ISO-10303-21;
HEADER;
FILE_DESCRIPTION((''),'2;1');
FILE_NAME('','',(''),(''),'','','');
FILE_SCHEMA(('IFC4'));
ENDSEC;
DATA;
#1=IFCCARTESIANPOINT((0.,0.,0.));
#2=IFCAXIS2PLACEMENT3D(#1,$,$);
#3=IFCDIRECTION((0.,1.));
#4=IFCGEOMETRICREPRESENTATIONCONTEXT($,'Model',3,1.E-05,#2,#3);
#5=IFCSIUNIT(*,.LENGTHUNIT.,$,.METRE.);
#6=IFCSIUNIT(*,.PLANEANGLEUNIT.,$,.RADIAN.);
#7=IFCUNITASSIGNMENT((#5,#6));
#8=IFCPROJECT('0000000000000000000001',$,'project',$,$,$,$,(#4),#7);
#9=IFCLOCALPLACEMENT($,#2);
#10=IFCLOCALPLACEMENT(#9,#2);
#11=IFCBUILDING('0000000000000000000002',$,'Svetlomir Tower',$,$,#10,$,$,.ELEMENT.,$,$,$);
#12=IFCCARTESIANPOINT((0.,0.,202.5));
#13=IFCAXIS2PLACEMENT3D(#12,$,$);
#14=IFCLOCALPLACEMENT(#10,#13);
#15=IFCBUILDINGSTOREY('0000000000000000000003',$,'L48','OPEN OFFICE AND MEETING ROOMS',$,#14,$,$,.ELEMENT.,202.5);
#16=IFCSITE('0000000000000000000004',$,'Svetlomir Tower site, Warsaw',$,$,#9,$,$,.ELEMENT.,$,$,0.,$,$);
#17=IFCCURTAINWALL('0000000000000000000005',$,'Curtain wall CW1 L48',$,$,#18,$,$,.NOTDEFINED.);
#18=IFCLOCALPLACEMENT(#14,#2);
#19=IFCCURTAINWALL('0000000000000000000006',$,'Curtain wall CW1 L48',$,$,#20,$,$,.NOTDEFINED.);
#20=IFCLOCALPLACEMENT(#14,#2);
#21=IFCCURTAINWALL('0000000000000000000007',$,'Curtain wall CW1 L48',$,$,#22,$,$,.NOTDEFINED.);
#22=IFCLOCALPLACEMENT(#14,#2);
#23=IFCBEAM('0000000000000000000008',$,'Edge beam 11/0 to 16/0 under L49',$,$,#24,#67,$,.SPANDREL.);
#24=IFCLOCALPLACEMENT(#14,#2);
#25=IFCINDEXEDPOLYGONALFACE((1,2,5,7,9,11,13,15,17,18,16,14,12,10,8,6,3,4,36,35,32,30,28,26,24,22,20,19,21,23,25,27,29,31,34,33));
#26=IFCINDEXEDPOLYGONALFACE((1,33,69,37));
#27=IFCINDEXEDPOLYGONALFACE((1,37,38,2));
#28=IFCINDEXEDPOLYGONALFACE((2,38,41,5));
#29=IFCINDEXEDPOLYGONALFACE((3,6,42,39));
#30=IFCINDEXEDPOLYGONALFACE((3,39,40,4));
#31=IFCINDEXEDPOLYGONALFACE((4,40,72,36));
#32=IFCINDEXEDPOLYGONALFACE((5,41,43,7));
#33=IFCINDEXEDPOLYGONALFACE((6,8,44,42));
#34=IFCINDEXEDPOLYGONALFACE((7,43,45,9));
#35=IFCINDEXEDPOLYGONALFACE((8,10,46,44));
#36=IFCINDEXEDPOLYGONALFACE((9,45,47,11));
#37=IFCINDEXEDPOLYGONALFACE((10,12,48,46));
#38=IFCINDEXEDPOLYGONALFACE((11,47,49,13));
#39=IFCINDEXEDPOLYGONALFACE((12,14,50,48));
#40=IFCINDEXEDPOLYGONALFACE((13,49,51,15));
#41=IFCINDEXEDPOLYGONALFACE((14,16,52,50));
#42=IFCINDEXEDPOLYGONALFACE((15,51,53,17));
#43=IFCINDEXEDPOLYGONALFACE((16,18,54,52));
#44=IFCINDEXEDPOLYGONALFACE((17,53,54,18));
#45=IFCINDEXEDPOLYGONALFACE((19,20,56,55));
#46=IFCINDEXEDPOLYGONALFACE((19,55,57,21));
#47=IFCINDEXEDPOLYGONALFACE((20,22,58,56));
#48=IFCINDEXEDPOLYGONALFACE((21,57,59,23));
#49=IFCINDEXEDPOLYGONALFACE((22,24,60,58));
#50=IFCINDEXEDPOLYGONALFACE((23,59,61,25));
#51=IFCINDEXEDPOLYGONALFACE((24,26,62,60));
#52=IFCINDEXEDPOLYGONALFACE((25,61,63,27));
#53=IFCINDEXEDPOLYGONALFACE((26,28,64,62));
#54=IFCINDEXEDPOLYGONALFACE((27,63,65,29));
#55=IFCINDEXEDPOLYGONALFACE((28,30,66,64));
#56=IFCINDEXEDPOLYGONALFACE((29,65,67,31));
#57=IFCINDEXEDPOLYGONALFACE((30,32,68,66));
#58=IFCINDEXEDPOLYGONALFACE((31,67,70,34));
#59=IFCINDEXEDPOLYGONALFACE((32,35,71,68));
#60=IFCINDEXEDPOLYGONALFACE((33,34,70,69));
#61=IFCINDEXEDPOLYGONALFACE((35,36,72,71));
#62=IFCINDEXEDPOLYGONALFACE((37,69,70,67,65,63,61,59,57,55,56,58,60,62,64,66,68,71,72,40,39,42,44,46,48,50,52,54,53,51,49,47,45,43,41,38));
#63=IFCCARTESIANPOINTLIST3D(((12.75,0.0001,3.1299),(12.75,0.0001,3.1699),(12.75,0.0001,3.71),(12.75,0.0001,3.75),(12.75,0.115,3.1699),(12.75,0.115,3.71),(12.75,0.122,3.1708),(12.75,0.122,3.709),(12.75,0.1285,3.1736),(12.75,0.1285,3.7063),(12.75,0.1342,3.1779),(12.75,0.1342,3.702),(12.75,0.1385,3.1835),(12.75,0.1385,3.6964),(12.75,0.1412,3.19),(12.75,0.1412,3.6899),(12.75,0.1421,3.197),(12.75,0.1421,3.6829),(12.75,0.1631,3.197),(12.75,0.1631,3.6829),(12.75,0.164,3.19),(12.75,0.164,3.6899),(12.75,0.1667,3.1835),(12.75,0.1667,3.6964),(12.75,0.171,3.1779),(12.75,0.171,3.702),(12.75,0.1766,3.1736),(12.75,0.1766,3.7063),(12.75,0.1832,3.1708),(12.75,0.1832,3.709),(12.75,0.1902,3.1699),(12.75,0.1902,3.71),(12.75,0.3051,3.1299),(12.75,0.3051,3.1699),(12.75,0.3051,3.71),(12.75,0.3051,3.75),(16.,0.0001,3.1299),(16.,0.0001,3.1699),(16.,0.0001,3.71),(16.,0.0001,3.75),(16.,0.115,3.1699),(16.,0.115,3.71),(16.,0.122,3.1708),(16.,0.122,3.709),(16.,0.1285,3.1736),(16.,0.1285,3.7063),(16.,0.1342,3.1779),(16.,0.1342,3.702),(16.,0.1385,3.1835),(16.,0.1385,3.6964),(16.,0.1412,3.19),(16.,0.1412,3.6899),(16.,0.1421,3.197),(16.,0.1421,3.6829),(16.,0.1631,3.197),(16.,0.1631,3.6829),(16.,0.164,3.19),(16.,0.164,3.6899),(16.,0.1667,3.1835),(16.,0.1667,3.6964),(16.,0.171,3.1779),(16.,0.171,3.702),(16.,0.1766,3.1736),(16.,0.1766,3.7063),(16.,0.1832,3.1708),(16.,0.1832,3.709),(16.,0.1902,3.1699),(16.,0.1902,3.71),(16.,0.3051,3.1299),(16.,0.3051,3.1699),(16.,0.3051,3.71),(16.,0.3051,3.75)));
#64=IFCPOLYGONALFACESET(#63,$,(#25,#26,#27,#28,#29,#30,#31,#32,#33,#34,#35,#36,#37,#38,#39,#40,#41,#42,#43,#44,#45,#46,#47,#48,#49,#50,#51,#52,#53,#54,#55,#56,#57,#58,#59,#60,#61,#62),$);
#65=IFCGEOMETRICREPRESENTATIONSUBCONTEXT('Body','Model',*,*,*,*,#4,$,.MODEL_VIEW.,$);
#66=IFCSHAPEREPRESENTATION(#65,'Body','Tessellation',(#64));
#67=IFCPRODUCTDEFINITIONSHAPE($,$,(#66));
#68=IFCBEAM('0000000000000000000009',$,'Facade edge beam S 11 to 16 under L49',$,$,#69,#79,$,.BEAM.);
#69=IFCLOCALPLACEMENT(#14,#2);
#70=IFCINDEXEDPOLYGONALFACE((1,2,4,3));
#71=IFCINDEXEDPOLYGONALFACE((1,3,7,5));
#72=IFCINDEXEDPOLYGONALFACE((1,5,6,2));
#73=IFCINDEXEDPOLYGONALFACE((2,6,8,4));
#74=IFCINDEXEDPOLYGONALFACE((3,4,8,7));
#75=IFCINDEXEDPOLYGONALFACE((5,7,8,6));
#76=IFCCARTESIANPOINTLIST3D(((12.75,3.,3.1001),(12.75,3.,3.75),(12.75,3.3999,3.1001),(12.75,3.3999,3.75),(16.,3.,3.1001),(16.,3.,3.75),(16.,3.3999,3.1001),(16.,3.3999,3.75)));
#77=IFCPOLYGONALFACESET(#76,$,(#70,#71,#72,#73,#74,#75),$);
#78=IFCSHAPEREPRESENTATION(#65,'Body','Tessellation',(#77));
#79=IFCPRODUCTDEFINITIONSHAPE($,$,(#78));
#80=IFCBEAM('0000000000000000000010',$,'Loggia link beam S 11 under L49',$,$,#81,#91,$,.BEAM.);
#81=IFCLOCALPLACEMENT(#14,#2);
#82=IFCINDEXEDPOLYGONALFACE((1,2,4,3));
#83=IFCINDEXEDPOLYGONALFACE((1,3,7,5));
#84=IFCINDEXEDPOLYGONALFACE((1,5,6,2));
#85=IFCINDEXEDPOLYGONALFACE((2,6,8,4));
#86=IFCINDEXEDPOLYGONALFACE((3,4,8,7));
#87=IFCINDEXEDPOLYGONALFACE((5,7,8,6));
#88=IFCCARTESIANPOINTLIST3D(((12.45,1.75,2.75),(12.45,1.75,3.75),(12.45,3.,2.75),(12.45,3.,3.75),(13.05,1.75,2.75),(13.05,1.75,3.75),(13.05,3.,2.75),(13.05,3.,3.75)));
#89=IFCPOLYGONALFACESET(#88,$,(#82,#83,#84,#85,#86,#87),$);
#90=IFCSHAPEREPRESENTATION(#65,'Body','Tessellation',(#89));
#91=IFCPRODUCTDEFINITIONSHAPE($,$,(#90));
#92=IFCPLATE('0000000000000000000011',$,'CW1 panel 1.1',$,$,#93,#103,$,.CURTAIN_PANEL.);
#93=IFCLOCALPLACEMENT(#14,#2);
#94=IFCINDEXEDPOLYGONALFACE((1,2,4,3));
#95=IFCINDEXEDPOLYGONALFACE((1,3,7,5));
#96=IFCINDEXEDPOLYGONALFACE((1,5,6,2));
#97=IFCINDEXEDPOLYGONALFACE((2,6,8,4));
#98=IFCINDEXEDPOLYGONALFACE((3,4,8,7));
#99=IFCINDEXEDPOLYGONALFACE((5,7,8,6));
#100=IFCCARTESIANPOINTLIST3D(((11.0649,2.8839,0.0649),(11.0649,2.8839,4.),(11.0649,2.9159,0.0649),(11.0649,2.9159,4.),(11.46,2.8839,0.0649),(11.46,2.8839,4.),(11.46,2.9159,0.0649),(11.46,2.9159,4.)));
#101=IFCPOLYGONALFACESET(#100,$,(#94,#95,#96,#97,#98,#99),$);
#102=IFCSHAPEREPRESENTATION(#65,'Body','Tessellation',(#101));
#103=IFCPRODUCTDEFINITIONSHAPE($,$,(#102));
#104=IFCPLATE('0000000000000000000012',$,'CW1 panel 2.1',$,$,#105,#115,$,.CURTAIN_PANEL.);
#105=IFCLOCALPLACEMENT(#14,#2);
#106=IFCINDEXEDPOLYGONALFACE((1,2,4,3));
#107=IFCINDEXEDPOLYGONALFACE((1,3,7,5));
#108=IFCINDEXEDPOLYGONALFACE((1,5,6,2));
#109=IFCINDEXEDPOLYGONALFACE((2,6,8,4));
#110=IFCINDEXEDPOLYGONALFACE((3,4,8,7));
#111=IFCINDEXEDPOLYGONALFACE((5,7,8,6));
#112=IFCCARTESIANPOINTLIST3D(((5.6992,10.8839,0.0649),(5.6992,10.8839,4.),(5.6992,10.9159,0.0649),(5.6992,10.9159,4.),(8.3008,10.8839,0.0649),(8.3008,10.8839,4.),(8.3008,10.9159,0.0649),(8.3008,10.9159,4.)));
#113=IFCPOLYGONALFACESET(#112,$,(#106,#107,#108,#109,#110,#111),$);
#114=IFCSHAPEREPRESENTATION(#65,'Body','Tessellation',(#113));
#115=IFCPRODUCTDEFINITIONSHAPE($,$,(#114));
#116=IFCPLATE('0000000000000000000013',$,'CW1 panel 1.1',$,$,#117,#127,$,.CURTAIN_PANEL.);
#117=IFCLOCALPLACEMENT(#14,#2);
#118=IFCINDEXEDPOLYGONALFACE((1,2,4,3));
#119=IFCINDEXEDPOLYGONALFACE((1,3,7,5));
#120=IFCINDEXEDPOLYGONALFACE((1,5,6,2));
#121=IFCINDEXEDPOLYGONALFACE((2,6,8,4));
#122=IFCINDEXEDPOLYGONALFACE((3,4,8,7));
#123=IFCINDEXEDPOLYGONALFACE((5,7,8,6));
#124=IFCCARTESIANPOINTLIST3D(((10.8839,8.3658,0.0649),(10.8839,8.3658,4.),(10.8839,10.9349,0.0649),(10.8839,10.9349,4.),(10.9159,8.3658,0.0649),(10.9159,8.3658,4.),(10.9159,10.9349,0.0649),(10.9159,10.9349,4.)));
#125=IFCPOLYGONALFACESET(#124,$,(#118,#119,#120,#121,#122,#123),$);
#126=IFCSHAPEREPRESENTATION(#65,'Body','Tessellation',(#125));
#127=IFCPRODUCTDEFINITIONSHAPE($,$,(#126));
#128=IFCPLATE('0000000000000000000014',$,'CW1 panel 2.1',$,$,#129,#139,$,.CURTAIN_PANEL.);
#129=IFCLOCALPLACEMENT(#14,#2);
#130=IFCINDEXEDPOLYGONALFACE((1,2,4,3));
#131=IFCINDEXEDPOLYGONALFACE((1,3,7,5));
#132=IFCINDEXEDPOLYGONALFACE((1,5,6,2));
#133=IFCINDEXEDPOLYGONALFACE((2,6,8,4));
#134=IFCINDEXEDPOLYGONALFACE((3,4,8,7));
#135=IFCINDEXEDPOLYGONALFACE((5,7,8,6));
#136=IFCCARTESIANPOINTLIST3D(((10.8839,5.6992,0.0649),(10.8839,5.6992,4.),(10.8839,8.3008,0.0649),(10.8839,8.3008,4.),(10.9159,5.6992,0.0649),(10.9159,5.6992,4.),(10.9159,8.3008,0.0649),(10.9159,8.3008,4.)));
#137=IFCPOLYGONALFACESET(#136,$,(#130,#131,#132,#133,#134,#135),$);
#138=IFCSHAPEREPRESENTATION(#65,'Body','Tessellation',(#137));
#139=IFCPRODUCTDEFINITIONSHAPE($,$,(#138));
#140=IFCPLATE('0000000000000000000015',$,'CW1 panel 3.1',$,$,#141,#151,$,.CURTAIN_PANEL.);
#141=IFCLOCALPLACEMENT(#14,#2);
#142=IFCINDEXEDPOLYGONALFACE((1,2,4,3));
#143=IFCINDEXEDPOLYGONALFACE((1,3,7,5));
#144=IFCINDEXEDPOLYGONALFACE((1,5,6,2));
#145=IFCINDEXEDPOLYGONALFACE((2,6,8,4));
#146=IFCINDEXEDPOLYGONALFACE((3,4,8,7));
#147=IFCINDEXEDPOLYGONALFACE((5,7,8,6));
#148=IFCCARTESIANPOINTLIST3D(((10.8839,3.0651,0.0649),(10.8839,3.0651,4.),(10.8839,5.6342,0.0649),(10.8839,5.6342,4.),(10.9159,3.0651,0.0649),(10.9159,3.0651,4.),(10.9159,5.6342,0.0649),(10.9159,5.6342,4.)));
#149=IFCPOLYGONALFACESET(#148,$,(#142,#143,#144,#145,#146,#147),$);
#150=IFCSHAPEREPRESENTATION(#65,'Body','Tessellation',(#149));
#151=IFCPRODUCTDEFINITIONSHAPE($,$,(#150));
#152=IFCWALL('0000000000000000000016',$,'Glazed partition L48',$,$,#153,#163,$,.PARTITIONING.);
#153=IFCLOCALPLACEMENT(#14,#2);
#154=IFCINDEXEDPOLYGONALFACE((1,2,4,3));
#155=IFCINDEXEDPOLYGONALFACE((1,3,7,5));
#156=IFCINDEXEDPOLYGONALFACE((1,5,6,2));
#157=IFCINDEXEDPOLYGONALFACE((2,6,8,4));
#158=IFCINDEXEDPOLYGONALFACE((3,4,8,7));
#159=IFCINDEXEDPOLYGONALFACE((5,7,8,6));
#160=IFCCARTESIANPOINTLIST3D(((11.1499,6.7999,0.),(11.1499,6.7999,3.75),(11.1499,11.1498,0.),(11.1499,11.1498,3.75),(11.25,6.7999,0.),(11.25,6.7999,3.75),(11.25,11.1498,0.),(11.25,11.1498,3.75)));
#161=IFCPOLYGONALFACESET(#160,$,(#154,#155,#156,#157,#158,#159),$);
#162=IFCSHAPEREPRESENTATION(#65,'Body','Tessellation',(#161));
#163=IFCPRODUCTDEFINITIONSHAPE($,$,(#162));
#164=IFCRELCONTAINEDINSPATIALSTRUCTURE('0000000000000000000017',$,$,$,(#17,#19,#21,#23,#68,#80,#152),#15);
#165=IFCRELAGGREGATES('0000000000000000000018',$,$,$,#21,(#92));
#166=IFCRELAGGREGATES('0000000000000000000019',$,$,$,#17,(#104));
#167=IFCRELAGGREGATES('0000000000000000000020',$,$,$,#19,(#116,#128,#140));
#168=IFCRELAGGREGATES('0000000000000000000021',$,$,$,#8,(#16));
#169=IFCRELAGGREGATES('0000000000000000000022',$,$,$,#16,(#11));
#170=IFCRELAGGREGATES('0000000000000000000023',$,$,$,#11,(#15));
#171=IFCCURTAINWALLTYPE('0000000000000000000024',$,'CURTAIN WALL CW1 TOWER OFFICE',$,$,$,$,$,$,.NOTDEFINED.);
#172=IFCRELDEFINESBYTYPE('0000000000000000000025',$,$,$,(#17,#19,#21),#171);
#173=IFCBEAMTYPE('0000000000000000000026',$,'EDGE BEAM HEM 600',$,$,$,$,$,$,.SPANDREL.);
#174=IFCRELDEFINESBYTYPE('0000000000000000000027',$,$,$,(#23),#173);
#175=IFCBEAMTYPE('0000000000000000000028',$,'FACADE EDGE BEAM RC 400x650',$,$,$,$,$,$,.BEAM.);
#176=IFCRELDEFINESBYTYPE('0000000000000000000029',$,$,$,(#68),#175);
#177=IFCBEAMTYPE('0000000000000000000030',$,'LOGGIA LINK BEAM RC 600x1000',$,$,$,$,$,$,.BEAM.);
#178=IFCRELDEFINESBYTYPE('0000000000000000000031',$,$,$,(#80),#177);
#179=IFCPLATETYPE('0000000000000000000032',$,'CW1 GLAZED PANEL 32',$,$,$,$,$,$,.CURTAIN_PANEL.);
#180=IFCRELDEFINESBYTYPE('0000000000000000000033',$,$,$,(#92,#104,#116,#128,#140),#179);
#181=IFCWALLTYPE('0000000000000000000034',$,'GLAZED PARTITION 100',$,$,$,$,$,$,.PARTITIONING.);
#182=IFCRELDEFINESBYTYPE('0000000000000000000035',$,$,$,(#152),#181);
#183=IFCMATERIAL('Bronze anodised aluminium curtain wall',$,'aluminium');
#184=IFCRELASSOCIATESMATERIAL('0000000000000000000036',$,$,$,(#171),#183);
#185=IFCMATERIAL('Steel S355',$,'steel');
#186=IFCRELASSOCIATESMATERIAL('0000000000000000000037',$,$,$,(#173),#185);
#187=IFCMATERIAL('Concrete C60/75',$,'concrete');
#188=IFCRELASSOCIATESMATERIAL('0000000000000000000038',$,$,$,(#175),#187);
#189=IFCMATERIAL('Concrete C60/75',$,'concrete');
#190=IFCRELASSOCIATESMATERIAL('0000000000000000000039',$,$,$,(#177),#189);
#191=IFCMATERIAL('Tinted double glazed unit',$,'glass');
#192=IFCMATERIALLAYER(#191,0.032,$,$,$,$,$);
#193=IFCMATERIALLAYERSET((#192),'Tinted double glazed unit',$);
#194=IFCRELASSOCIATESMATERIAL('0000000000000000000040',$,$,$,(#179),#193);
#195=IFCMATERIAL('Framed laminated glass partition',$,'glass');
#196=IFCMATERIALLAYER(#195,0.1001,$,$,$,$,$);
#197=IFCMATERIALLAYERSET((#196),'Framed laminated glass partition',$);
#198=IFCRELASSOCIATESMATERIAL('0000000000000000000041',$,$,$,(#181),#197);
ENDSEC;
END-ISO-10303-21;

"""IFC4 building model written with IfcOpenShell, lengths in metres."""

from ifc_helpers import new_model, si_unit, direction, frame, frame_2d, origin, origin_2d, place, context, subcontext, project, spatial, rectangle, i_section, extrude, material, layer, layer_set, material_profile, profile_set, type_object, element, aggregate, save


model = new_model("IFC4")

# Units and contexts
model_context = context("Model", 3, precision=1e-05, world=origin(), true_north=direction((0.0, 1.0)))
body_context = subcontext(model_context, "Body", "Model", "MODEL_VIEW")
ifc_project = project(units=[si_unit("LENGTHUNIT", "METRE"), si_unit("PLANEANGLEUNIT", "RADIAN")], contexts=[model_context])

# Site, building, storey
site_placement = place(None, origin())
site = spatial("IfcSite", under=ifc_project, at=site_placement, Name="Svetlomir Tower site, Warsaw", CompositionType="ELEMENT", RefElevation=0.0)
building_placement = place(site_placement, origin())
building = spatial("IfcBuilding", under=site, at=building_placement, Name="Svetlomir Tower", CompositionType="ELEMENT")
storey_placement = place(building_placement, frame((0.0, 0.0, 202.5)))
storey = spatial("IfcBuildingStorey", under=building, at=storey_placement, Name="L48", Description="OPEN OFFICE AND MEETING ROOMS", CompositionType="ELEMENT", Elevation=202.5)

# Curtain walls
ifc_material_1 = material(Name="Bronze anodised aluminium curtain wall", Category="aluminium")
curtain_wall_type = type_object("IfcCurtainWallType", Name="CURTAIN WALL CW1 TOWER OFFICE", PredefinedType="NOTDEFINED", material=ifc_material_1)
curtain_wall_1_placement = place(storey_placement, origin())
curtain_wall_1 = element("IfcCurtainWall", 1, at=curtain_wall_1_placement, inside=storey, type_object=curtain_wall_type, Name="Curtain wall CW1 L48", PredefinedType="NOTDEFINED")
curtain_wall_2_placement = place(storey_placement, origin())
curtain_wall_2 = element("IfcCurtainWall", 2, at=curtain_wall_2_placement, inside=storey, type_object=curtain_wall_type, Name="Curtain wall CW1 L48", PredefinedType="NOTDEFINED")

# Curtain wall
curtain_wall_3_placement = place(storey_placement, origin())
curtain_wall_3 = element("IfcCurtainWall", 3, at=curtain_wall_3_placement, inside=storey, type_object=curtain_wall_type, Name="Curtain wall CW1 L48", PredefinedType="NOTDEFINED")

# Beams
ifc_material_2 = material(Name="Steel S355", Category="steel")
ifc_material_profile_1 = material_profile(ifc_material_2, i_section(OverallWidth=0.3049, OverallDepth=0.6201, WebThickness=0.021, FlangeThickness=0.04, FilletRadius=0.0271, at=origin_2d()), Name="HEM 600")
ifc_profile_set_1 = profile_set([ifc_material_profile_1], Name="Steel S355")
beam_type_1 = type_object("IfcBeamType", Name="EDGE BEAM HEM 600", PredefinedType="SPANDREL", material=ifc_profile_set_1)
beam_1_placement = place(storey_placement, frame((12.75, 0.1526, 3.4399), z_axis=(1.0, 0.0, 0.0), x_axis=(0.0, 1.0, 0.0)))
element("IfcBeam", 4, at=beam_1_placement, inside=storey, type_object=beam_type_1, Name="Edge beam 11/0 to 16/0 under L49", PredefinedType="SPANDREL", context=body_context, shape_type="SweptSolid", body=[
    extrude(i_section(OverallWidth=0.3049, OverallDepth=0.6201, WebThickness=0.021, FlangeThickness=0.04, FilletRadius=0.0271, at=origin_2d()), origin(), (0.0, 0.0, 1.0), 3.25),
])
ifc_material_3 = material(Name="Concrete C60/75", Category="concrete")
ifc_material_profile_2 = material_profile(ifc_material_3, rectangle(XDim=0.3999, YDim=0.6499, at=origin_2d()), Name="RC 400x650")
ifc_profile_set_2 = profile_set([ifc_material_profile_2], Name="Concrete C60/75")
beam_type_2 = type_object("IfcBeamType", Name="FACADE EDGE BEAM RC 400x650", PredefinedType="BEAM", material=ifc_profile_set_2)
beam_2_placement = place(storey_placement, frame((12.75, 3.2, 3.425), z_axis=(1.0, 0.0, 0.0), x_axis=(0.0, 1.0, 0.0)))
element("IfcBeam", 5, at=beam_2_placement, inside=storey, type_object=beam_type_2, Name="Facade edge beam S 11 to 16 under L49", PredefinedType="BEAM", context=body_context, shape_type="SweptSolid", body=[
    extrude(rectangle(XDim=0.3999, YDim=0.6499, at=origin_2d()), origin(), (0.0, 0.0, 1.0), 3.25),
])
ifc_material_4 = material(Name="Concrete C60/75", Category="concrete")
ifc_material_profile_3 = material_profile(ifc_material_4, rectangle(XDim=0.6001, YDim=1.0, at=origin_2d()), Name="RC 600x1000")
ifc_profile_set_3 = profile_set([ifc_material_profile_3], Name="Concrete C60/75")
beam_type_3 = type_object("IfcBeamType", Name="LOGGIA LINK BEAM RC 600x1000", PredefinedType="BEAM", material=ifc_profile_set_3)
beam_3_placement = place(storey_placement, frame((12.75, 1.75, 3.25), z_axis=(0.0, 1.0, 0.0), x_axis=(-1.0, 0.0, 0.0)))
element("IfcBeam", 6, at=beam_3_placement, inside=storey, type_object=beam_type_3, Name="Loggia link beam S 11 under L49", PredefinedType="BEAM", context=body_context, shape_type="SweptSolid", body=[
    extrude(rectangle(XDim=0.6001, YDim=1.0, at=origin_2d()), origin(), (0.0, 0.0, 1.0), 1.25),
])

# Plates
ifc_material_5 = material(Name="Tinted double glazed unit", Category="glass")
ifc_layer_1 = layer(ifc_material_5, 0.032)
ifc_layer_set_1 = layer_set([ifc_layer_1], Name="Tinted double glazed unit")
plate_type = type_object("IfcPlateType", Name="CW1 GLAZED PANEL 32", PredefinedType="CURTAIN_PANEL", material=ifc_layer_set_1)
plate_1_placement = place(storey_placement, frame((11.2625, 2.8999, 0.0649), z_axis=(0.0, 0.0, 1.0), x_axis=(1.0, 0.0, 0.0)))
plate_1 = element("IfcPlate", 7, at=plate_1_placement, type_object=plate_type, Name="CW1 panel 1.1", PredefinedType="CURTAIN_PANEL", context=body_context, shape_type="SweptSolid", body=[
    extrude(rectangle(XDim=0.395, YDim=0.032, at=origin_2d()), origin(), (0.0, 0.0, 1.0), 3.9351),
])
aggregate(curtain_wall_3, [plate_1])
plate_2_placement = place(storey_placement, frame((7.0, 10.8999, 0.0649), z_axis=(0.0, 0.0, 1.0), x_axis=(1.0, 0.0, 0.0)))
plate_2 = element("IfcPlate", 8, at=plate_2_placement, type_object=plate_type, Name="CW1 panel 2.1", PredefinedType="CURTAIN_PANEL", context=body_context, shape_type="SweptSolid", body=[
    extrude(rectangle(XDim=2.6016, YDim=0.032, at=origin_2d()), origin(), (0.0, 0.0, 1.0), 3.9351),
])
aggregate(curtain_wall_1, [plate_2])
plate_3_placement = place(storey_placement, frame((10.8999, 9.6504, 0.0649), z_axis=(0.0, 0.0, 1.0), x_axis=(0.0, -1.0, 0.0)))
plate_3 = element("IfcPlate", 9, at=plate_3_placement, type_object=plate_type, Name="CW1 panel 1.1", PredefinedType="CURTAIN_PANEL", context=body_context, shape_type="SweptSolid", body=[
    extrude(rectangle(XDim=2.5691, YDim=0.032, at=origin_2d()), origin(), (0.0, 0.0, 1.0), 3.9351),
])
plate_4_placement = place(storey_placement, frame((10.8999, 7.0, 0.0649), z_axis=(0.0, 0.0, 1.0), x_axis=(0.0, -1.0, 0.0)))
plate_4 = element("IfcPlate", 10, at=plate_4_placement, type_object=plate_type, Name="CW1 panel 2.1", PredefinedType="CURTAIN_PANEL", context=body_context, shape_type="SweptSolid", body=[
    extrude(rectangle(XDim=2.6016, YDim=0.032, at=origin_2d()), origin(), (0.0, 0.0, 1.0), 3.9351),
])
plate_5_placement = place(storey_placement, frame((10.8999, 4.3496, 0.0649), z_axis=(0.0, 0.0, 1.0), x_axis=(0.0, -1.0, 0.0)))
plate_5 = element("IfcPlate", 11, at=plate_5_placement, type_object=plate_type, Name="CW1 panel 3.1", PredefinedType="CURTAIN_PANEL", context=body_context, shape_type="SweptSolid", body=[
    extrude(rectangle(XDim=2.5691, YDim=0.032, at=origin_2d()), origin(), (0.0, 0.0, 1.0), 3.9351),
])
aggregate(curtain_wall_2, [plate_3, plate_4, plate_5])

# Wall
ifc_material_6 = material(Name="Framed laminated glass partition", Category="glass")
ifc_layer_2 = layer(ifc_material_6, 0.1001)
ifc_layer_set_2 = layer_set([ifc_layer_2], Name="Framed laminated glass partition")
wall_type = type_object("IfcWallType", Name="GLAZED PARTITION 100", PredefinedType="PARTITIONING", material=ifc_layer_set_2)
wall_1_placement = place(storey_placement, frame((11.2, 6.8, 0.0), z_axis=(0.0, 0.0, 1.0), x_axis=(0.0, 1.0, 0.0)))
element("IfcWall", 12, at=wall_1_placement, inside=storey, type_object=wall_type, Name="Glazed partition L48", PredefinedType="PARTITIONING", context=body_context, shape_type="SweptSolid", body=[
    extrude(rectangle(XDim=4.3499, YDim=0.1001, at=frame_2d((2.1748, 0.0))), origin(), (0.0, 0.0, 1.0), 3.75),
])

save(model, "model.ifc")
